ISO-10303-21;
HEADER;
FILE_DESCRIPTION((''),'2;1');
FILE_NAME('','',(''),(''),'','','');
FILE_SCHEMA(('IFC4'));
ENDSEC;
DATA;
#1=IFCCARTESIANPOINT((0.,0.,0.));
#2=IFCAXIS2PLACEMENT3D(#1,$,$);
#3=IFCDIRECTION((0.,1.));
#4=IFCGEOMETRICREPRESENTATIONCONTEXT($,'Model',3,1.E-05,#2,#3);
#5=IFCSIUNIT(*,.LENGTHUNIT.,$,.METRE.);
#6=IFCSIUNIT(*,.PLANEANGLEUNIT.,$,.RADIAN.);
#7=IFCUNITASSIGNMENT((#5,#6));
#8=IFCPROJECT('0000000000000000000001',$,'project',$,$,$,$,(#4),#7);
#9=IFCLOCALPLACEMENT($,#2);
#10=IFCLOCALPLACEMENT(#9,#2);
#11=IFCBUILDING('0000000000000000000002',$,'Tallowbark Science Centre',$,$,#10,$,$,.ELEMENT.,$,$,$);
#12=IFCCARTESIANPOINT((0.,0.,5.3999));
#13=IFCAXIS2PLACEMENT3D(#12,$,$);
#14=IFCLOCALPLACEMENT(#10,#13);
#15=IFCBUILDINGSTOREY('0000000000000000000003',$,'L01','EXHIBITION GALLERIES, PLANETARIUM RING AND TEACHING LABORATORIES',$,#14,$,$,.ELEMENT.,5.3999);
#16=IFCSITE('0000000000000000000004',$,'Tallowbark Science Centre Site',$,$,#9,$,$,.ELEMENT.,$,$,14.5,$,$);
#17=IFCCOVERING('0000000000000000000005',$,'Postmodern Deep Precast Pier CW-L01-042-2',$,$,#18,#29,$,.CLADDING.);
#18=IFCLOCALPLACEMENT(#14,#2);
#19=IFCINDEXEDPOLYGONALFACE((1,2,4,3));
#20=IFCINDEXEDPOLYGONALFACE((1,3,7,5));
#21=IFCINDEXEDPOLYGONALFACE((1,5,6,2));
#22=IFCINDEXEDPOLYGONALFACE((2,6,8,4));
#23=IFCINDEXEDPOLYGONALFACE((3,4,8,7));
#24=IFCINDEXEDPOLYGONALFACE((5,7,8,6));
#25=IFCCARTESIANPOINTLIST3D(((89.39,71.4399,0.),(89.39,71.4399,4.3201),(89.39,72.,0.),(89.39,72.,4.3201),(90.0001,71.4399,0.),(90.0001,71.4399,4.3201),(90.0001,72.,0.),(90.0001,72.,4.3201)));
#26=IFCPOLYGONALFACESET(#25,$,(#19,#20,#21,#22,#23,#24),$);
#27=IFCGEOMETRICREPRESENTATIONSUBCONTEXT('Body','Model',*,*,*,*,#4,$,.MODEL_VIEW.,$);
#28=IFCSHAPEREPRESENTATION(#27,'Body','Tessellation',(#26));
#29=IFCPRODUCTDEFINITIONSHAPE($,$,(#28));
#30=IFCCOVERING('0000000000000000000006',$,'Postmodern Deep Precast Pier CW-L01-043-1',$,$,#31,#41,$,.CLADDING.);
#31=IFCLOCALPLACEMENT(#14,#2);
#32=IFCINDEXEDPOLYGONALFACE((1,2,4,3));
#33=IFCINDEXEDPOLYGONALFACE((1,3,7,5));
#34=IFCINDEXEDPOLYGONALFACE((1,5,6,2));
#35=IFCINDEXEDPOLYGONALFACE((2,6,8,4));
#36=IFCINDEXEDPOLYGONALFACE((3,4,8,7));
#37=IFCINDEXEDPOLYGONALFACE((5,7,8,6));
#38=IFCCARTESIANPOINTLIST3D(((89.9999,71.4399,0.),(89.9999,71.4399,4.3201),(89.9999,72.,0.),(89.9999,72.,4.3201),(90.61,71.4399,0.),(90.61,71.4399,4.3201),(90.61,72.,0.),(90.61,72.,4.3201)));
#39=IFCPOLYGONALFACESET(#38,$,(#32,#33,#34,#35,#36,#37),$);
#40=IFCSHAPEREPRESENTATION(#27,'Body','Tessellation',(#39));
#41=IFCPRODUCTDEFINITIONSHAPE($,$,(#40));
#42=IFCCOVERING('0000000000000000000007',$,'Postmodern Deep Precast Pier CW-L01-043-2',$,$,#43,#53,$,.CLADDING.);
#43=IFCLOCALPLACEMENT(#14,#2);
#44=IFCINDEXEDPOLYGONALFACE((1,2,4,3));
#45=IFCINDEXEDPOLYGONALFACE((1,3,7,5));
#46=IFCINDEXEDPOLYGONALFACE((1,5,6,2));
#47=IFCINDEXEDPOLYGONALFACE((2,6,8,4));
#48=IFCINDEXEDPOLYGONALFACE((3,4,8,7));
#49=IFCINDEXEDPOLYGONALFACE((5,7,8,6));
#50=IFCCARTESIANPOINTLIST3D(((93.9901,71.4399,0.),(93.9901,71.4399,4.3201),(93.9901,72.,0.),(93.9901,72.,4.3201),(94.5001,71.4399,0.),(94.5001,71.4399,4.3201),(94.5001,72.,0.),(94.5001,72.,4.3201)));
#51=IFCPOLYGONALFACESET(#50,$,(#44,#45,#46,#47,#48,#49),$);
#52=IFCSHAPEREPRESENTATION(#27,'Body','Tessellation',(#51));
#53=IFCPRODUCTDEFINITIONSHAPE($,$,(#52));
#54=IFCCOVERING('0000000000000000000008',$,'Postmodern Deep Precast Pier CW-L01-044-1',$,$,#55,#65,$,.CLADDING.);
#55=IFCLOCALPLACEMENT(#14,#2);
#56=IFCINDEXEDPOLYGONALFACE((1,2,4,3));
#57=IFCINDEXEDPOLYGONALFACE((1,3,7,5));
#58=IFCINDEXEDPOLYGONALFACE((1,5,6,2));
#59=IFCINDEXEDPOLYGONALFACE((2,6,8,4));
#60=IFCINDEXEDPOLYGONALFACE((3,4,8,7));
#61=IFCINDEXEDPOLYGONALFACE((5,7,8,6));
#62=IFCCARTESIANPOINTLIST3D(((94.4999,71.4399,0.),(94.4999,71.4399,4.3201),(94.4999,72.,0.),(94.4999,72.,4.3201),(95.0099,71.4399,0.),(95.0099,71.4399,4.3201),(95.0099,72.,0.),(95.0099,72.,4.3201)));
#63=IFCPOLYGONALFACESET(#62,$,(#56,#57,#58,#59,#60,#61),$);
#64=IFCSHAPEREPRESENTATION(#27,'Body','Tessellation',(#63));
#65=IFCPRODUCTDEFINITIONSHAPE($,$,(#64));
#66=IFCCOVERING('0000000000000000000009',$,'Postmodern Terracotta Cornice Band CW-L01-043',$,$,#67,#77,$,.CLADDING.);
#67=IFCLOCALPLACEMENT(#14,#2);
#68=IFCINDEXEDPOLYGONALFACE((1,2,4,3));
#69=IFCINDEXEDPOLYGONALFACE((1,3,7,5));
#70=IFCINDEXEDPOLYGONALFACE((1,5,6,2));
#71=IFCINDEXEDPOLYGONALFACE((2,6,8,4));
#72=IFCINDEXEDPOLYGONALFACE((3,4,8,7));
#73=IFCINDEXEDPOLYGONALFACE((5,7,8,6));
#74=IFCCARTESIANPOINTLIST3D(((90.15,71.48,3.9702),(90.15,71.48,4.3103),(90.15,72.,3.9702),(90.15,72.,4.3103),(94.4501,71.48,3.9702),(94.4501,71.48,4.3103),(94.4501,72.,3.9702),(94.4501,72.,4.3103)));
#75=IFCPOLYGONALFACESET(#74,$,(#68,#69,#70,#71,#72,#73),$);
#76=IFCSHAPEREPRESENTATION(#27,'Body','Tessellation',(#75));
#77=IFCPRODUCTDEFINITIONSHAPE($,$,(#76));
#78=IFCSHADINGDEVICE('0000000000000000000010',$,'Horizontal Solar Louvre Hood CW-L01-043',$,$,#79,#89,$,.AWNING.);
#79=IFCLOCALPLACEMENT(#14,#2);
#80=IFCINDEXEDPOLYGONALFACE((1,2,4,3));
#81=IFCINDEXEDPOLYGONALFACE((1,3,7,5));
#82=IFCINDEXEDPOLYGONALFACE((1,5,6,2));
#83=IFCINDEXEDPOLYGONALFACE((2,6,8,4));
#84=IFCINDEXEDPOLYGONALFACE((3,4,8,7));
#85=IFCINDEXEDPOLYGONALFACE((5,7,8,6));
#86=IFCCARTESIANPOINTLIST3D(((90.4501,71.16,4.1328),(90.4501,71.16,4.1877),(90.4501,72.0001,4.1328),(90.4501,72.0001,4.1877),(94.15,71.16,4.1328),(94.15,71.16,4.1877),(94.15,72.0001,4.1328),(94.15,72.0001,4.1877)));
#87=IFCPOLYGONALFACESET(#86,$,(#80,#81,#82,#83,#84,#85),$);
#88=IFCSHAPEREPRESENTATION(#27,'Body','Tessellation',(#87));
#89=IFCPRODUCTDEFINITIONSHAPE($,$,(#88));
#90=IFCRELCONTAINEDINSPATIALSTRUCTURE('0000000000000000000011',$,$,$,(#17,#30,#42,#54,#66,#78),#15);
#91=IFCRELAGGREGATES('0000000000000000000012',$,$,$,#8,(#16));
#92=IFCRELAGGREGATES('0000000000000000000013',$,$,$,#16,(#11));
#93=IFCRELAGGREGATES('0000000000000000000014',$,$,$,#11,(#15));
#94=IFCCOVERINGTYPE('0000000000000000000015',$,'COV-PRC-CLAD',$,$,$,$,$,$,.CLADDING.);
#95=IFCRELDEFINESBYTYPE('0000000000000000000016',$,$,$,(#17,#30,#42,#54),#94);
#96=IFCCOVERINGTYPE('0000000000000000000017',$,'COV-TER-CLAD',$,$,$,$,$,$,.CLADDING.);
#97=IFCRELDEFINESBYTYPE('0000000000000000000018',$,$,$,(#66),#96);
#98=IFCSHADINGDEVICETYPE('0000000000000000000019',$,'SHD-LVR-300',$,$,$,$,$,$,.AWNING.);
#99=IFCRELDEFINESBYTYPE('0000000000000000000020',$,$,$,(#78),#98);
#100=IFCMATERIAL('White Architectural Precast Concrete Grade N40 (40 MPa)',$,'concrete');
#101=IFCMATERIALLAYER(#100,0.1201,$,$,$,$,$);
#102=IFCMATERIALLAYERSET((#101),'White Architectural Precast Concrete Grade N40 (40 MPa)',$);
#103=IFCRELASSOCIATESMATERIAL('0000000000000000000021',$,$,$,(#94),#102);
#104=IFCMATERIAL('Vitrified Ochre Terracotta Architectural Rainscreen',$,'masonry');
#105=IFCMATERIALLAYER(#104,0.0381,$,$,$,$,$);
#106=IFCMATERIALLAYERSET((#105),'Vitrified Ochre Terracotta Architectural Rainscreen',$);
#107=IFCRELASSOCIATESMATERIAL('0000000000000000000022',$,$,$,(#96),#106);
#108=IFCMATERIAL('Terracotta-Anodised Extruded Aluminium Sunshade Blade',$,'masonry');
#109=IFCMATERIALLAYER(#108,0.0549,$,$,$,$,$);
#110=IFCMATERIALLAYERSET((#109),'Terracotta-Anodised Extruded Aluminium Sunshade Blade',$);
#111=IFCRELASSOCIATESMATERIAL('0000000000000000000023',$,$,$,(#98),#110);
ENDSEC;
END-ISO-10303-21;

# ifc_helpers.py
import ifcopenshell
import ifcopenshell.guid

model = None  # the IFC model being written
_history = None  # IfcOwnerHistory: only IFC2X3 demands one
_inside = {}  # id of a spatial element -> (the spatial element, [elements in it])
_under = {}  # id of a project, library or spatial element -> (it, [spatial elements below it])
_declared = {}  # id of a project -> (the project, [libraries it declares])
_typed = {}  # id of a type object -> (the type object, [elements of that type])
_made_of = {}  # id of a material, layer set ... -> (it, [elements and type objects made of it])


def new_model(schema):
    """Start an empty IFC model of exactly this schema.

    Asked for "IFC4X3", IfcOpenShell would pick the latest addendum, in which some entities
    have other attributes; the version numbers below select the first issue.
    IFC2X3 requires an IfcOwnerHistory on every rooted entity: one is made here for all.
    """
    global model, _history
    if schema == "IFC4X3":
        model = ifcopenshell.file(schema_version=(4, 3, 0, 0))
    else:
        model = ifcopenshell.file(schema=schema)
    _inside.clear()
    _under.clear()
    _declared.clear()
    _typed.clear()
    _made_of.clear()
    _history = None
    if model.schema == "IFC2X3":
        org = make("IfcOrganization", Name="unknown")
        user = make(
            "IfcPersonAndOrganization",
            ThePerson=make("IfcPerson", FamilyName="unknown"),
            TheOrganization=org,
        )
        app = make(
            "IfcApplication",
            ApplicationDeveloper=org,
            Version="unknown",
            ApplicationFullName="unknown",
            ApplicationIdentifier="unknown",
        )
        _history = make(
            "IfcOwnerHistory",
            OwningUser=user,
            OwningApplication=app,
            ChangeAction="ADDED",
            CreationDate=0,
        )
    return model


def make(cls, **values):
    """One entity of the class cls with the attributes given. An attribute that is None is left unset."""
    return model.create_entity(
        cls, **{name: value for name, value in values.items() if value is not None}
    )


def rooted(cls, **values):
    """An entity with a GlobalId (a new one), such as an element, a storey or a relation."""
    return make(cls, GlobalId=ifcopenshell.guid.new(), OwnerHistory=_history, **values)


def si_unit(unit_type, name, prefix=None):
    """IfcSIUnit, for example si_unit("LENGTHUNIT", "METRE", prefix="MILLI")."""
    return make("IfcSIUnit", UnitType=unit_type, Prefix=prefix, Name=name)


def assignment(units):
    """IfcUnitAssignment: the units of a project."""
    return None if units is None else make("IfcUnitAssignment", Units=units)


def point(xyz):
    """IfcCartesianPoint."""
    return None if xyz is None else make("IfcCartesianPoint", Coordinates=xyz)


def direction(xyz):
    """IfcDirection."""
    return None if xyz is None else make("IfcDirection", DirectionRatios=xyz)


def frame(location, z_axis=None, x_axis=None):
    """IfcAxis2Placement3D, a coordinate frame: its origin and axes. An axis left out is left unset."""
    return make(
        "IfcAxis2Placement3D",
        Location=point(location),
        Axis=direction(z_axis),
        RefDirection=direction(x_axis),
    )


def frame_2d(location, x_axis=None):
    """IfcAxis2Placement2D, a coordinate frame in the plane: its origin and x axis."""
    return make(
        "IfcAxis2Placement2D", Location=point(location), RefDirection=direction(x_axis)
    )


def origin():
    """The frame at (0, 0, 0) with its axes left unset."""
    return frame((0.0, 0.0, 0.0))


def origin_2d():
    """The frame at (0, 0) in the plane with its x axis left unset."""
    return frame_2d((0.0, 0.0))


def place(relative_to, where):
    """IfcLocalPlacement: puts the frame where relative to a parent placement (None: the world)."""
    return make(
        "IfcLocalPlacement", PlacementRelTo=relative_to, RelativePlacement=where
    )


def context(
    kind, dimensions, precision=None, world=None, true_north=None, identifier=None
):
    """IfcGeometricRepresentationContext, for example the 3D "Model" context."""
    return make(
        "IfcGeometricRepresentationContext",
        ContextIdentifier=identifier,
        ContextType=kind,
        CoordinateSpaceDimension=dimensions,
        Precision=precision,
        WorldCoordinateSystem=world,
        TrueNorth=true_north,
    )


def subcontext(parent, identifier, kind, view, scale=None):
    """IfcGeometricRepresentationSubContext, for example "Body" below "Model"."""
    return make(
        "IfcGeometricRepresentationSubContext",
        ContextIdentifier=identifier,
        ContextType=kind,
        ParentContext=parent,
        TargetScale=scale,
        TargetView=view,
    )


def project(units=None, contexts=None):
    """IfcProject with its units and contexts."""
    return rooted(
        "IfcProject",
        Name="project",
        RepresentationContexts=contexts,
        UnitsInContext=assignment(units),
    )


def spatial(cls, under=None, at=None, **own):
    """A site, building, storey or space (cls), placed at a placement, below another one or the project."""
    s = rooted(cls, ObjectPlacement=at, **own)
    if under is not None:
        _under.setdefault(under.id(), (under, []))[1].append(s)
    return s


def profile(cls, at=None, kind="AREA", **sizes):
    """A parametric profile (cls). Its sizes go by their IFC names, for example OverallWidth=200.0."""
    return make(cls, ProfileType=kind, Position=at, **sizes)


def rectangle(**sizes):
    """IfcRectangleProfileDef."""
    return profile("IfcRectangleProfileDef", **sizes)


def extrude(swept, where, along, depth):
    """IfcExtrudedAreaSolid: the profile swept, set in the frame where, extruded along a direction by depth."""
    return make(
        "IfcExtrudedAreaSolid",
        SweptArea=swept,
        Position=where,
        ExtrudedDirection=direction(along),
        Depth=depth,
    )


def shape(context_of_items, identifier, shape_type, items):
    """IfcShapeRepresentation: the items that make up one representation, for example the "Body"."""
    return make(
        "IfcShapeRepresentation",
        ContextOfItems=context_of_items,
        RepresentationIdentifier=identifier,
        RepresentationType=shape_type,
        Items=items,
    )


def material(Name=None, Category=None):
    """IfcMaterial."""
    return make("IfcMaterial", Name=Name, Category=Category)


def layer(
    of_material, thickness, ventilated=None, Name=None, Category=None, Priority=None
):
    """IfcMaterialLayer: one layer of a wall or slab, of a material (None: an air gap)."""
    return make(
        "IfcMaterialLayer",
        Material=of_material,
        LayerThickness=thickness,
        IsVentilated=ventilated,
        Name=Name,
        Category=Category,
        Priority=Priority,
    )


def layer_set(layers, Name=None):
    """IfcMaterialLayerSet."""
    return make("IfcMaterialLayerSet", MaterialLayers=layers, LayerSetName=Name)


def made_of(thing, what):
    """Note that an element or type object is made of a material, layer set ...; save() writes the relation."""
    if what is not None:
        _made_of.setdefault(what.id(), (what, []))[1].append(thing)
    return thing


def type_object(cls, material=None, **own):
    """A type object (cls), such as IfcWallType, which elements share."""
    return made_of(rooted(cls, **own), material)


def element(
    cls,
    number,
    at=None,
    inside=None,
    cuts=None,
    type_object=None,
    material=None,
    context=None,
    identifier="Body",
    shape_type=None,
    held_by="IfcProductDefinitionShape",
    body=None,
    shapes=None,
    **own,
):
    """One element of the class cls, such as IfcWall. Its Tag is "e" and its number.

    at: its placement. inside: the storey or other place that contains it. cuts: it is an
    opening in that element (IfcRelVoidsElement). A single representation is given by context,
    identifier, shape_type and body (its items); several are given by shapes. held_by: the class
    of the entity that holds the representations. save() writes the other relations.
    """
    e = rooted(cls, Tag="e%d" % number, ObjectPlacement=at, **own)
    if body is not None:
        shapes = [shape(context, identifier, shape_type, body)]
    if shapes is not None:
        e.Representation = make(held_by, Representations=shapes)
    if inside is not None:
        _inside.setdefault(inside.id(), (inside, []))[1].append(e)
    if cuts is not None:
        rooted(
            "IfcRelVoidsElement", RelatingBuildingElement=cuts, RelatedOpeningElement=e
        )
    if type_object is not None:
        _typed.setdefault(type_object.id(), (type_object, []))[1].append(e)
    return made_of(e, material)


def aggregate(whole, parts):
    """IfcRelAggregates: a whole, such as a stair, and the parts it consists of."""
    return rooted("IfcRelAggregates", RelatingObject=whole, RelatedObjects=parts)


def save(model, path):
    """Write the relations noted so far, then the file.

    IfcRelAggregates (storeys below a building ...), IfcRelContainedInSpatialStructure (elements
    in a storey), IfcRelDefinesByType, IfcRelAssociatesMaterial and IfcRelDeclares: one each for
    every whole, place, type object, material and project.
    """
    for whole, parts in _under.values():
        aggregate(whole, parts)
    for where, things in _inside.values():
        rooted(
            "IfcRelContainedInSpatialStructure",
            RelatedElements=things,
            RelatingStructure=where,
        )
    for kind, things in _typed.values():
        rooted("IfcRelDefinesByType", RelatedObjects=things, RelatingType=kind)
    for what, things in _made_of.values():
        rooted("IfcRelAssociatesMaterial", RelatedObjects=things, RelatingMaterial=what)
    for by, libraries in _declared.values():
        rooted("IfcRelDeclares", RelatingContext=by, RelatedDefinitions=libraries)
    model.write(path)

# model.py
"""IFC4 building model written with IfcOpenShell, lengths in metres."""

from ifc_helpers import new_model, si_unit, direction, frame, origin, origin_2d, place, context, subcontext, project, spatial, rectangle, extrude, material, layer, layer_set, type_object, element, save


model = new_model("IFC4")

# Units and contexts
model_context = context("Model", 3, precision=1e-05, world=origin(), true_north=direction((0.0, 1.0)))
body_context = subcontext(model_context, "Body", "Model", "MODEL_VIEW")
ifc_project = project(units=[si_unit("LENGTHUNIT", "METRE"), si_unit("PLANEANGLEUNIT", "RADIAN")], contexts=[model_context])

# Site, building, storey
site_placement = place(None, origin())
site = spatial("IfcSite", under=ifc_project, at=site_placement, Name="Tallowbark Science Centre Site", CompositionType="ELEMENT", RefElevation=14.5)
building_placement = place(site_placement, origin())
building = spatial("IfcBuilding", under=site, at=building_placement, Name="Tallowbark Science Centre", CompositionType="ELEMENT")
storey_placement = place(building_placement, frame((0.0, 0.0, 5.3999)))
storey = spatial("IfcBuildingStorey", under=building, at=storey_placement, Name="L01", Description="EXHIBITION GALLERIES, PLANETARIUM RING AND TEACHING LABORATORIES", CompositionType="ELEMENT", Elevation=5.3999)

# Coverings
ifc_material_1 = material(Name="White Architectural Precast Concrete Grade N40 (40 MPa)", Category="concrete")
ifc_layer_1 = layer(ifc_material_1, 0.1201)
ifc_layer_set_1 = layer_set([ifc_layer_1], Name="White Architectural Precast Concrete Grade N40 (40 MPa)")
covering_type_1 = type_object("IfcCoveringType", Name="COV-PRC-CLAD", PredefinedType="CLADDING", material=ifc_layer_set_1)
for number, where, z_axis, x_axis, name in (
    (1, (89.6951, 71.72, 0.0), (0.0, 0.0, 1.0), (1.0, 0.0, 0.0), "Postmodern Deep Precast Pier CW-L01-042-2"),
    (2, (90.3049, 71.72, 0.0), (0.0, 0.0, 1.0), (1.0, 0.0, 0.0), "Postmodern Deep Precast Pier CW-L01-043-1"),
):
    element("IfcCovering", number, at=place(storey_placement, frame(where, z_axis=z_axis, x_axis=x_axis)), inside=storey, type_object=covering_type_1, Name=name, PredefinedType="CLADDING", context=body_context, shape_type="SweptSolid", body=[
        extrude(rectangle(XDim=0.6101, YDim=0.5601, at=origin_2d()), origin(), (0.0, 0.0, 1.0), 4.3201),
    ])
for number, where, z_axis, x_axis, name in (
    (3, (94.2451, 71.72, 0.0), (0.0, 0.0, 1.0), (1.0, 0.0, 0.0), "Postmodern Deep Precast Pier CW-L01-043-2"),
    (4, (94.7549, 71.72, 0.0), (0.0, 0.0, 1.0), (1.0, 0.0, 0.0), "Postmodern Deep Precast Pier CW-L01-044-1"),
):
    element("IfcCovering", number, at=place(storey_placement, frame(where, z_axis=z_axis, x_axis=x_axis)), inside=storey, type_object=covering_type_1, Name=name, PredefinedType="CLADDING", context=body_context, shape_type="SweptSolid", body=[
        extrude(rectangle(XDim=0.51, YDim=0.5601, at=origin_2d()), origin(), (0.0, 0.0, 1.0), 4.3201),
    ])
ifc_material_2 = material(Name="Vitrified Ochre Terracotta Architectural Rainscreen", Category="masonry")
ifc_layer_2 = layer(ifc_material_2, 0.0381)
ifc_layer_set_2 = layer_set([ifc_layer_2], Name="Vitrified Ochre Terracotta Architectural Rainscreen")
covering_type_2 = type_object("IfcCoveringType", Name="COV-TER-CLAD", PredefinedType="CLADDING", material=ifc_layer_set_2)
covering_placement = place(storey_placement, frame((92.3, 71.74, 3.9702), z_axis=(0.0, 0.0, 1.0), x_axis=(1.0, 0.0, 0.0)))
element("IfcCovering", 5, at=covering_placement, inside=storey, type_object=covering_type_2, Name="Postmodern Terracotta Cornice Band CW-L01-043", PredefinedType="CLADDING", context=body_context, shape_type="SweptSolid", body=[
    extrude(rectangle(XDim=4.3, YDim=0.52, at=origin_2d()), origin(), (0.0, 0.0, 1.0), 0.3401),
])

# Shading device
ifc_material_3 = material(Name="Terracotta-Anodised Extruded Aluminium Sunshade Blade", Category="masonry")
ifc_layer_3 = layer(ifc_material_3, 0.0549)
ifc_layer_set_3 = layer_set([ifc_layer_3], Name="Terracotta-Anodised Extruded Aluminium Sunshade Blade")
shading_device_type = type_object("IfcShadingDeviceType", Name="SHD-LVR-300", PredefinedType="AWNING", material=ifc_layer_set_3)
shading_device_placement = place(storey_placement, frame((92.3, 71.5801, 4.1328), z_axis=(0.0, 0.0, 1.0), x_axis=(1.0, 0.0, 0.0)))
element("IfcShadingDevice", 6, at=shading_device_placement, inside=storey, type_object=shading_device_type, Name="Horizontal Solar Louvre Hood CW-L01-043", PredefinedType="AWNING", context=body_context, shape_type="SweptSolid", body=[
    extrude(rectangle(XDim=3.7, YDim=0.8401, at=origin_2d()), origin(), (0.0, 0.0, 1.0), 0.0549),
])

save(model, "model.ifc")
